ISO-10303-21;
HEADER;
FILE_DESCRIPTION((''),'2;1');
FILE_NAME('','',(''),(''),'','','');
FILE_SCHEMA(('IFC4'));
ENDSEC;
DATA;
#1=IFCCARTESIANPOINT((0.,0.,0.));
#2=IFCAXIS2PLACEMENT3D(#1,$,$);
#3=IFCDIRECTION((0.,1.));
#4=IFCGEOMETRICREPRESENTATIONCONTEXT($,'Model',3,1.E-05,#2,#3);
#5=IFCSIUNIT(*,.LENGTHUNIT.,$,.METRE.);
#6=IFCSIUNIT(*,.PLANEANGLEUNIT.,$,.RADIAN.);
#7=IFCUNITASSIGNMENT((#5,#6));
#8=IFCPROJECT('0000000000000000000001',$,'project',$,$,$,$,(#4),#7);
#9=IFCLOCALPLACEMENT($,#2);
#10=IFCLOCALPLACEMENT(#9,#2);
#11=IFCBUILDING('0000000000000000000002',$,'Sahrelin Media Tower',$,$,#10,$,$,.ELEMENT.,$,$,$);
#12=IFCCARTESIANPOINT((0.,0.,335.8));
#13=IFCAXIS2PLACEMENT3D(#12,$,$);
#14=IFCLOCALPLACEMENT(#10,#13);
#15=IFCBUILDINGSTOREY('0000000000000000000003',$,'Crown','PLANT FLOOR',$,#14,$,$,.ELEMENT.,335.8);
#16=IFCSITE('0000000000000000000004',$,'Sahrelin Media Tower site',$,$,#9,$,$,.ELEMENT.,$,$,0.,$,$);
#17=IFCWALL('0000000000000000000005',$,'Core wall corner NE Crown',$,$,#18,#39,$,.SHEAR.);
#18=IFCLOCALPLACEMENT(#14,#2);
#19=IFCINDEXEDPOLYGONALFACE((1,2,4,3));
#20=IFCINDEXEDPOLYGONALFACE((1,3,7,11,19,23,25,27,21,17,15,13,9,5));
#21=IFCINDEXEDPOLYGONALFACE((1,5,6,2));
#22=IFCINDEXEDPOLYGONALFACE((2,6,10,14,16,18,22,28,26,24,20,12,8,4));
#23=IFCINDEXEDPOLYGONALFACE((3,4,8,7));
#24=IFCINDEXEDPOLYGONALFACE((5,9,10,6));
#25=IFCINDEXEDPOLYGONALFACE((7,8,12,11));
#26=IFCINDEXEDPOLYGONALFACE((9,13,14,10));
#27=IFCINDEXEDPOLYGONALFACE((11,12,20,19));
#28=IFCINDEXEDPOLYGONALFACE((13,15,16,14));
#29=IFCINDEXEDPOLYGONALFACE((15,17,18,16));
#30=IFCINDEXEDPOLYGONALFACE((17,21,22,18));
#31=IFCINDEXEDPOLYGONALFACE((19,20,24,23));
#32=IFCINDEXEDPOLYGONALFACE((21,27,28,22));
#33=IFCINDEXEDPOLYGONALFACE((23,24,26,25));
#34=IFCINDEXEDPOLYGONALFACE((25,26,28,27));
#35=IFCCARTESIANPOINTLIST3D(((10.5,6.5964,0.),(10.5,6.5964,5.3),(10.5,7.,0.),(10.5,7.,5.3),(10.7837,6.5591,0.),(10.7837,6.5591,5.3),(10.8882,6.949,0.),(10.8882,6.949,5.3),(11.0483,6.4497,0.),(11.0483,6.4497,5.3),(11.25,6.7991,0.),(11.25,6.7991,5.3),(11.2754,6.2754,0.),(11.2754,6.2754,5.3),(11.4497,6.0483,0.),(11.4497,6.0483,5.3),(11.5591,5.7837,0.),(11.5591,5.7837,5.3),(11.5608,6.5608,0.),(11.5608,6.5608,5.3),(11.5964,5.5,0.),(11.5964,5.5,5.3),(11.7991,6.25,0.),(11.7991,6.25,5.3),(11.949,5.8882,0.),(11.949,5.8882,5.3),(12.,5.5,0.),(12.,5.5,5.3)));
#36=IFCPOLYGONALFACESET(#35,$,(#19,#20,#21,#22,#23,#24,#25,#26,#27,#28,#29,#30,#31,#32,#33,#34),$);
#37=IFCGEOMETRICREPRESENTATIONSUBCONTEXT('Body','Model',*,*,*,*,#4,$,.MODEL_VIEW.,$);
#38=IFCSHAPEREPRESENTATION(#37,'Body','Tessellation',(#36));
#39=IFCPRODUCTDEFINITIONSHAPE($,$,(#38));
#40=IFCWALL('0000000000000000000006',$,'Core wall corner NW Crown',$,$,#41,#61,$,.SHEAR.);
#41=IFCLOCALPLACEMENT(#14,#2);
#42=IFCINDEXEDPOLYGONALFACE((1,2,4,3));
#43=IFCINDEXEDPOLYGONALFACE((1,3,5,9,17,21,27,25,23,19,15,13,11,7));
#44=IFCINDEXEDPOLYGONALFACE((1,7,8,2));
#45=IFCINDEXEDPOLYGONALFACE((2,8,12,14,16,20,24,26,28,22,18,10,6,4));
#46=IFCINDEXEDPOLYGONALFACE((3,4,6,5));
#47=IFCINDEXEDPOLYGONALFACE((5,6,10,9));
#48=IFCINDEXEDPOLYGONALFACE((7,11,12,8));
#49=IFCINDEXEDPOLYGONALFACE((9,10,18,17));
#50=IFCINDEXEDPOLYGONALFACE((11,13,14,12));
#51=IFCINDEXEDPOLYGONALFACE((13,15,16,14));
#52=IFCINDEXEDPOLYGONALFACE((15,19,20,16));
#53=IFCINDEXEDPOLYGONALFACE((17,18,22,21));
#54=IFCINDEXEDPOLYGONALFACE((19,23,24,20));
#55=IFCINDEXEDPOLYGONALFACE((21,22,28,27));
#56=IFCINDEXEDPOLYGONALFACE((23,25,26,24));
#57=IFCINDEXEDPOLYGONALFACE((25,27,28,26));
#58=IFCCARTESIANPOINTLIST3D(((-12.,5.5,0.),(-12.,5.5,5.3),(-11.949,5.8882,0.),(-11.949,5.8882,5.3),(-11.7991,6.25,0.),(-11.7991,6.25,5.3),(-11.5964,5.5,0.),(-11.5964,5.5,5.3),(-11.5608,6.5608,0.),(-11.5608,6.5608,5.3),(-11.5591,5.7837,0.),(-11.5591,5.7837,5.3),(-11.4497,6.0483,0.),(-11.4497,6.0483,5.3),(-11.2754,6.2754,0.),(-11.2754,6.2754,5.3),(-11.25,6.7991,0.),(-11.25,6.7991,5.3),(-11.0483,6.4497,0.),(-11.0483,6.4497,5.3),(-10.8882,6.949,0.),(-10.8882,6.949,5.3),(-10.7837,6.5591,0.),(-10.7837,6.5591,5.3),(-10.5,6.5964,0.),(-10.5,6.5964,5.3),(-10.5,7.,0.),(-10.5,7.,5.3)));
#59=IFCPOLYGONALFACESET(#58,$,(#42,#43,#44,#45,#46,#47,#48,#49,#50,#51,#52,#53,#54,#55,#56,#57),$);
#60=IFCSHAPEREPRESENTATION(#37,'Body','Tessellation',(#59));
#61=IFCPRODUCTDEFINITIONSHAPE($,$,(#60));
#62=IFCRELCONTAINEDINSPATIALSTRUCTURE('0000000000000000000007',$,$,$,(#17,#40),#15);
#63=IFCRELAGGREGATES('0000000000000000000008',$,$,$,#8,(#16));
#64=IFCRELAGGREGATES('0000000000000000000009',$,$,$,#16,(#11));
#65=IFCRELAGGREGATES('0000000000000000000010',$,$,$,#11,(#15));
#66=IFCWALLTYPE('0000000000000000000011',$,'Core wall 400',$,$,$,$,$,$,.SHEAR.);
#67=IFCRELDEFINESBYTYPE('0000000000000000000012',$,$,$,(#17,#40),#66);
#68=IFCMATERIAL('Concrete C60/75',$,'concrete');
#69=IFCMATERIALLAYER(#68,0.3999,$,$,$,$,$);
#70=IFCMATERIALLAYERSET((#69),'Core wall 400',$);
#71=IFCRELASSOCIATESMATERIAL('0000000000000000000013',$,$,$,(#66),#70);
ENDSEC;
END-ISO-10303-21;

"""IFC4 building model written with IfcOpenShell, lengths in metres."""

from ifc_helpers import new_model, si_unit, direction, frame, origin, place, context, subcontext, project, spatial, polyline, outline, extrude, material, layer, layer_set, type_object, element, save


model = new_model("IFC4")

# Units and contexts
model_context = context("Model", 3, precision=1e-05, world=origin(), true_north=direction((0.0, 1.0)))
body_context = subcontext(model_context, "Body", "Model", "MODEL_VIEW")
ifc_project = project(units=[si_unit("LENGTHUNIT", "METRE"), si_unit("PLANEANGLEUNIT", "RADIAN")], contexts=[model_context])

# Site, building, storey
site_placement = place(None, origin())
site = spatial("IfcSite", under=ifc_project, at=site_placement, Name="Sahrelin Media Tower site", CompositionType="ELEMENT", RefElevation=0.0)
building_placement = place(site_placement, origin())
building = spatial("IfcBuilding", under=site, at=building_placement, Name="Sahrelin Media Tower", CompositionType="ELEMENT")
storey_placement = place(building_placement, frame((0.0, 0.0, 335.8)))
storey = spatial("IfcBuildingStorey", under=building, at=storey_placement, Name="Crown", Description="PLANT FLOOR", CompositionType="ELEMENT", Elevation=335.8)

# Walls
ifc_material_1 = material(Name="Concrete C60/75", Category="concrete")
ifc_layer = layer(ifc_material_1, 0.3999)
ifc_layer_set = layer_set([ifc_layer], Name="Core wall 400")
wall_type = type_object("IfcWallType", Name="Core wall 400", PredefinedType="SHEAR", material=ifc_layer_set)
placement = place(storey_placement, origin())
element("IfcWall", 1, at=placement, inside=storey, type_object=wall_type, Name="Core wall corner NE Crown", PredefinedType="SHEAR", context=body_context, shape_type="SweptSolid", body=[
    extrude(outline(polyline([(10.5, 7.0), (10.5, 6.5964), (10.7837, 6.5591), (11.0483, 6.4497), (11.2754, 6.2754), (11.4497, 6.0483), (11.5591, 5.7837), (11.5964, 5.5), (12.0, 5.5), (11.949, 5.8882), (11.7991, 6.25), (11.5608, 6.5608), (11.25, 6.7991), (10.8882, 6.949), (10.5, 7.0)])), origin(), (0.0, 0.0, 1.0), 5.3),
])
element("IfcWall", 2, at=placement, inside=storey, type_object=wall_type, Name="Core wall corner NW Crown", PredefinedType="SHEAR", context=body_context, shape_type="SweptSolid", body=[
    extrude(outline(polyline([(-12.0, 5.5), (-11.5964, 5.5), (-11.5591, 5.7837), (-11.4497, 6.0483), (-11.2754, 6.2754), (-11.0483, 6.4497), (-10.7837, 6.5591), (-10.5, 6.5964), (-10.5, 7.0), (-10.8882, 6.949), (-11.25, 6.7991), (-11.5608, 6.5608), (-11.7991, 6.25), (-11.949, 5.8882), (-12.0, 5.5)])), origin(), (0.0, 0.0, 1.0), 5.3),
])

save(model, "model.ifc")
